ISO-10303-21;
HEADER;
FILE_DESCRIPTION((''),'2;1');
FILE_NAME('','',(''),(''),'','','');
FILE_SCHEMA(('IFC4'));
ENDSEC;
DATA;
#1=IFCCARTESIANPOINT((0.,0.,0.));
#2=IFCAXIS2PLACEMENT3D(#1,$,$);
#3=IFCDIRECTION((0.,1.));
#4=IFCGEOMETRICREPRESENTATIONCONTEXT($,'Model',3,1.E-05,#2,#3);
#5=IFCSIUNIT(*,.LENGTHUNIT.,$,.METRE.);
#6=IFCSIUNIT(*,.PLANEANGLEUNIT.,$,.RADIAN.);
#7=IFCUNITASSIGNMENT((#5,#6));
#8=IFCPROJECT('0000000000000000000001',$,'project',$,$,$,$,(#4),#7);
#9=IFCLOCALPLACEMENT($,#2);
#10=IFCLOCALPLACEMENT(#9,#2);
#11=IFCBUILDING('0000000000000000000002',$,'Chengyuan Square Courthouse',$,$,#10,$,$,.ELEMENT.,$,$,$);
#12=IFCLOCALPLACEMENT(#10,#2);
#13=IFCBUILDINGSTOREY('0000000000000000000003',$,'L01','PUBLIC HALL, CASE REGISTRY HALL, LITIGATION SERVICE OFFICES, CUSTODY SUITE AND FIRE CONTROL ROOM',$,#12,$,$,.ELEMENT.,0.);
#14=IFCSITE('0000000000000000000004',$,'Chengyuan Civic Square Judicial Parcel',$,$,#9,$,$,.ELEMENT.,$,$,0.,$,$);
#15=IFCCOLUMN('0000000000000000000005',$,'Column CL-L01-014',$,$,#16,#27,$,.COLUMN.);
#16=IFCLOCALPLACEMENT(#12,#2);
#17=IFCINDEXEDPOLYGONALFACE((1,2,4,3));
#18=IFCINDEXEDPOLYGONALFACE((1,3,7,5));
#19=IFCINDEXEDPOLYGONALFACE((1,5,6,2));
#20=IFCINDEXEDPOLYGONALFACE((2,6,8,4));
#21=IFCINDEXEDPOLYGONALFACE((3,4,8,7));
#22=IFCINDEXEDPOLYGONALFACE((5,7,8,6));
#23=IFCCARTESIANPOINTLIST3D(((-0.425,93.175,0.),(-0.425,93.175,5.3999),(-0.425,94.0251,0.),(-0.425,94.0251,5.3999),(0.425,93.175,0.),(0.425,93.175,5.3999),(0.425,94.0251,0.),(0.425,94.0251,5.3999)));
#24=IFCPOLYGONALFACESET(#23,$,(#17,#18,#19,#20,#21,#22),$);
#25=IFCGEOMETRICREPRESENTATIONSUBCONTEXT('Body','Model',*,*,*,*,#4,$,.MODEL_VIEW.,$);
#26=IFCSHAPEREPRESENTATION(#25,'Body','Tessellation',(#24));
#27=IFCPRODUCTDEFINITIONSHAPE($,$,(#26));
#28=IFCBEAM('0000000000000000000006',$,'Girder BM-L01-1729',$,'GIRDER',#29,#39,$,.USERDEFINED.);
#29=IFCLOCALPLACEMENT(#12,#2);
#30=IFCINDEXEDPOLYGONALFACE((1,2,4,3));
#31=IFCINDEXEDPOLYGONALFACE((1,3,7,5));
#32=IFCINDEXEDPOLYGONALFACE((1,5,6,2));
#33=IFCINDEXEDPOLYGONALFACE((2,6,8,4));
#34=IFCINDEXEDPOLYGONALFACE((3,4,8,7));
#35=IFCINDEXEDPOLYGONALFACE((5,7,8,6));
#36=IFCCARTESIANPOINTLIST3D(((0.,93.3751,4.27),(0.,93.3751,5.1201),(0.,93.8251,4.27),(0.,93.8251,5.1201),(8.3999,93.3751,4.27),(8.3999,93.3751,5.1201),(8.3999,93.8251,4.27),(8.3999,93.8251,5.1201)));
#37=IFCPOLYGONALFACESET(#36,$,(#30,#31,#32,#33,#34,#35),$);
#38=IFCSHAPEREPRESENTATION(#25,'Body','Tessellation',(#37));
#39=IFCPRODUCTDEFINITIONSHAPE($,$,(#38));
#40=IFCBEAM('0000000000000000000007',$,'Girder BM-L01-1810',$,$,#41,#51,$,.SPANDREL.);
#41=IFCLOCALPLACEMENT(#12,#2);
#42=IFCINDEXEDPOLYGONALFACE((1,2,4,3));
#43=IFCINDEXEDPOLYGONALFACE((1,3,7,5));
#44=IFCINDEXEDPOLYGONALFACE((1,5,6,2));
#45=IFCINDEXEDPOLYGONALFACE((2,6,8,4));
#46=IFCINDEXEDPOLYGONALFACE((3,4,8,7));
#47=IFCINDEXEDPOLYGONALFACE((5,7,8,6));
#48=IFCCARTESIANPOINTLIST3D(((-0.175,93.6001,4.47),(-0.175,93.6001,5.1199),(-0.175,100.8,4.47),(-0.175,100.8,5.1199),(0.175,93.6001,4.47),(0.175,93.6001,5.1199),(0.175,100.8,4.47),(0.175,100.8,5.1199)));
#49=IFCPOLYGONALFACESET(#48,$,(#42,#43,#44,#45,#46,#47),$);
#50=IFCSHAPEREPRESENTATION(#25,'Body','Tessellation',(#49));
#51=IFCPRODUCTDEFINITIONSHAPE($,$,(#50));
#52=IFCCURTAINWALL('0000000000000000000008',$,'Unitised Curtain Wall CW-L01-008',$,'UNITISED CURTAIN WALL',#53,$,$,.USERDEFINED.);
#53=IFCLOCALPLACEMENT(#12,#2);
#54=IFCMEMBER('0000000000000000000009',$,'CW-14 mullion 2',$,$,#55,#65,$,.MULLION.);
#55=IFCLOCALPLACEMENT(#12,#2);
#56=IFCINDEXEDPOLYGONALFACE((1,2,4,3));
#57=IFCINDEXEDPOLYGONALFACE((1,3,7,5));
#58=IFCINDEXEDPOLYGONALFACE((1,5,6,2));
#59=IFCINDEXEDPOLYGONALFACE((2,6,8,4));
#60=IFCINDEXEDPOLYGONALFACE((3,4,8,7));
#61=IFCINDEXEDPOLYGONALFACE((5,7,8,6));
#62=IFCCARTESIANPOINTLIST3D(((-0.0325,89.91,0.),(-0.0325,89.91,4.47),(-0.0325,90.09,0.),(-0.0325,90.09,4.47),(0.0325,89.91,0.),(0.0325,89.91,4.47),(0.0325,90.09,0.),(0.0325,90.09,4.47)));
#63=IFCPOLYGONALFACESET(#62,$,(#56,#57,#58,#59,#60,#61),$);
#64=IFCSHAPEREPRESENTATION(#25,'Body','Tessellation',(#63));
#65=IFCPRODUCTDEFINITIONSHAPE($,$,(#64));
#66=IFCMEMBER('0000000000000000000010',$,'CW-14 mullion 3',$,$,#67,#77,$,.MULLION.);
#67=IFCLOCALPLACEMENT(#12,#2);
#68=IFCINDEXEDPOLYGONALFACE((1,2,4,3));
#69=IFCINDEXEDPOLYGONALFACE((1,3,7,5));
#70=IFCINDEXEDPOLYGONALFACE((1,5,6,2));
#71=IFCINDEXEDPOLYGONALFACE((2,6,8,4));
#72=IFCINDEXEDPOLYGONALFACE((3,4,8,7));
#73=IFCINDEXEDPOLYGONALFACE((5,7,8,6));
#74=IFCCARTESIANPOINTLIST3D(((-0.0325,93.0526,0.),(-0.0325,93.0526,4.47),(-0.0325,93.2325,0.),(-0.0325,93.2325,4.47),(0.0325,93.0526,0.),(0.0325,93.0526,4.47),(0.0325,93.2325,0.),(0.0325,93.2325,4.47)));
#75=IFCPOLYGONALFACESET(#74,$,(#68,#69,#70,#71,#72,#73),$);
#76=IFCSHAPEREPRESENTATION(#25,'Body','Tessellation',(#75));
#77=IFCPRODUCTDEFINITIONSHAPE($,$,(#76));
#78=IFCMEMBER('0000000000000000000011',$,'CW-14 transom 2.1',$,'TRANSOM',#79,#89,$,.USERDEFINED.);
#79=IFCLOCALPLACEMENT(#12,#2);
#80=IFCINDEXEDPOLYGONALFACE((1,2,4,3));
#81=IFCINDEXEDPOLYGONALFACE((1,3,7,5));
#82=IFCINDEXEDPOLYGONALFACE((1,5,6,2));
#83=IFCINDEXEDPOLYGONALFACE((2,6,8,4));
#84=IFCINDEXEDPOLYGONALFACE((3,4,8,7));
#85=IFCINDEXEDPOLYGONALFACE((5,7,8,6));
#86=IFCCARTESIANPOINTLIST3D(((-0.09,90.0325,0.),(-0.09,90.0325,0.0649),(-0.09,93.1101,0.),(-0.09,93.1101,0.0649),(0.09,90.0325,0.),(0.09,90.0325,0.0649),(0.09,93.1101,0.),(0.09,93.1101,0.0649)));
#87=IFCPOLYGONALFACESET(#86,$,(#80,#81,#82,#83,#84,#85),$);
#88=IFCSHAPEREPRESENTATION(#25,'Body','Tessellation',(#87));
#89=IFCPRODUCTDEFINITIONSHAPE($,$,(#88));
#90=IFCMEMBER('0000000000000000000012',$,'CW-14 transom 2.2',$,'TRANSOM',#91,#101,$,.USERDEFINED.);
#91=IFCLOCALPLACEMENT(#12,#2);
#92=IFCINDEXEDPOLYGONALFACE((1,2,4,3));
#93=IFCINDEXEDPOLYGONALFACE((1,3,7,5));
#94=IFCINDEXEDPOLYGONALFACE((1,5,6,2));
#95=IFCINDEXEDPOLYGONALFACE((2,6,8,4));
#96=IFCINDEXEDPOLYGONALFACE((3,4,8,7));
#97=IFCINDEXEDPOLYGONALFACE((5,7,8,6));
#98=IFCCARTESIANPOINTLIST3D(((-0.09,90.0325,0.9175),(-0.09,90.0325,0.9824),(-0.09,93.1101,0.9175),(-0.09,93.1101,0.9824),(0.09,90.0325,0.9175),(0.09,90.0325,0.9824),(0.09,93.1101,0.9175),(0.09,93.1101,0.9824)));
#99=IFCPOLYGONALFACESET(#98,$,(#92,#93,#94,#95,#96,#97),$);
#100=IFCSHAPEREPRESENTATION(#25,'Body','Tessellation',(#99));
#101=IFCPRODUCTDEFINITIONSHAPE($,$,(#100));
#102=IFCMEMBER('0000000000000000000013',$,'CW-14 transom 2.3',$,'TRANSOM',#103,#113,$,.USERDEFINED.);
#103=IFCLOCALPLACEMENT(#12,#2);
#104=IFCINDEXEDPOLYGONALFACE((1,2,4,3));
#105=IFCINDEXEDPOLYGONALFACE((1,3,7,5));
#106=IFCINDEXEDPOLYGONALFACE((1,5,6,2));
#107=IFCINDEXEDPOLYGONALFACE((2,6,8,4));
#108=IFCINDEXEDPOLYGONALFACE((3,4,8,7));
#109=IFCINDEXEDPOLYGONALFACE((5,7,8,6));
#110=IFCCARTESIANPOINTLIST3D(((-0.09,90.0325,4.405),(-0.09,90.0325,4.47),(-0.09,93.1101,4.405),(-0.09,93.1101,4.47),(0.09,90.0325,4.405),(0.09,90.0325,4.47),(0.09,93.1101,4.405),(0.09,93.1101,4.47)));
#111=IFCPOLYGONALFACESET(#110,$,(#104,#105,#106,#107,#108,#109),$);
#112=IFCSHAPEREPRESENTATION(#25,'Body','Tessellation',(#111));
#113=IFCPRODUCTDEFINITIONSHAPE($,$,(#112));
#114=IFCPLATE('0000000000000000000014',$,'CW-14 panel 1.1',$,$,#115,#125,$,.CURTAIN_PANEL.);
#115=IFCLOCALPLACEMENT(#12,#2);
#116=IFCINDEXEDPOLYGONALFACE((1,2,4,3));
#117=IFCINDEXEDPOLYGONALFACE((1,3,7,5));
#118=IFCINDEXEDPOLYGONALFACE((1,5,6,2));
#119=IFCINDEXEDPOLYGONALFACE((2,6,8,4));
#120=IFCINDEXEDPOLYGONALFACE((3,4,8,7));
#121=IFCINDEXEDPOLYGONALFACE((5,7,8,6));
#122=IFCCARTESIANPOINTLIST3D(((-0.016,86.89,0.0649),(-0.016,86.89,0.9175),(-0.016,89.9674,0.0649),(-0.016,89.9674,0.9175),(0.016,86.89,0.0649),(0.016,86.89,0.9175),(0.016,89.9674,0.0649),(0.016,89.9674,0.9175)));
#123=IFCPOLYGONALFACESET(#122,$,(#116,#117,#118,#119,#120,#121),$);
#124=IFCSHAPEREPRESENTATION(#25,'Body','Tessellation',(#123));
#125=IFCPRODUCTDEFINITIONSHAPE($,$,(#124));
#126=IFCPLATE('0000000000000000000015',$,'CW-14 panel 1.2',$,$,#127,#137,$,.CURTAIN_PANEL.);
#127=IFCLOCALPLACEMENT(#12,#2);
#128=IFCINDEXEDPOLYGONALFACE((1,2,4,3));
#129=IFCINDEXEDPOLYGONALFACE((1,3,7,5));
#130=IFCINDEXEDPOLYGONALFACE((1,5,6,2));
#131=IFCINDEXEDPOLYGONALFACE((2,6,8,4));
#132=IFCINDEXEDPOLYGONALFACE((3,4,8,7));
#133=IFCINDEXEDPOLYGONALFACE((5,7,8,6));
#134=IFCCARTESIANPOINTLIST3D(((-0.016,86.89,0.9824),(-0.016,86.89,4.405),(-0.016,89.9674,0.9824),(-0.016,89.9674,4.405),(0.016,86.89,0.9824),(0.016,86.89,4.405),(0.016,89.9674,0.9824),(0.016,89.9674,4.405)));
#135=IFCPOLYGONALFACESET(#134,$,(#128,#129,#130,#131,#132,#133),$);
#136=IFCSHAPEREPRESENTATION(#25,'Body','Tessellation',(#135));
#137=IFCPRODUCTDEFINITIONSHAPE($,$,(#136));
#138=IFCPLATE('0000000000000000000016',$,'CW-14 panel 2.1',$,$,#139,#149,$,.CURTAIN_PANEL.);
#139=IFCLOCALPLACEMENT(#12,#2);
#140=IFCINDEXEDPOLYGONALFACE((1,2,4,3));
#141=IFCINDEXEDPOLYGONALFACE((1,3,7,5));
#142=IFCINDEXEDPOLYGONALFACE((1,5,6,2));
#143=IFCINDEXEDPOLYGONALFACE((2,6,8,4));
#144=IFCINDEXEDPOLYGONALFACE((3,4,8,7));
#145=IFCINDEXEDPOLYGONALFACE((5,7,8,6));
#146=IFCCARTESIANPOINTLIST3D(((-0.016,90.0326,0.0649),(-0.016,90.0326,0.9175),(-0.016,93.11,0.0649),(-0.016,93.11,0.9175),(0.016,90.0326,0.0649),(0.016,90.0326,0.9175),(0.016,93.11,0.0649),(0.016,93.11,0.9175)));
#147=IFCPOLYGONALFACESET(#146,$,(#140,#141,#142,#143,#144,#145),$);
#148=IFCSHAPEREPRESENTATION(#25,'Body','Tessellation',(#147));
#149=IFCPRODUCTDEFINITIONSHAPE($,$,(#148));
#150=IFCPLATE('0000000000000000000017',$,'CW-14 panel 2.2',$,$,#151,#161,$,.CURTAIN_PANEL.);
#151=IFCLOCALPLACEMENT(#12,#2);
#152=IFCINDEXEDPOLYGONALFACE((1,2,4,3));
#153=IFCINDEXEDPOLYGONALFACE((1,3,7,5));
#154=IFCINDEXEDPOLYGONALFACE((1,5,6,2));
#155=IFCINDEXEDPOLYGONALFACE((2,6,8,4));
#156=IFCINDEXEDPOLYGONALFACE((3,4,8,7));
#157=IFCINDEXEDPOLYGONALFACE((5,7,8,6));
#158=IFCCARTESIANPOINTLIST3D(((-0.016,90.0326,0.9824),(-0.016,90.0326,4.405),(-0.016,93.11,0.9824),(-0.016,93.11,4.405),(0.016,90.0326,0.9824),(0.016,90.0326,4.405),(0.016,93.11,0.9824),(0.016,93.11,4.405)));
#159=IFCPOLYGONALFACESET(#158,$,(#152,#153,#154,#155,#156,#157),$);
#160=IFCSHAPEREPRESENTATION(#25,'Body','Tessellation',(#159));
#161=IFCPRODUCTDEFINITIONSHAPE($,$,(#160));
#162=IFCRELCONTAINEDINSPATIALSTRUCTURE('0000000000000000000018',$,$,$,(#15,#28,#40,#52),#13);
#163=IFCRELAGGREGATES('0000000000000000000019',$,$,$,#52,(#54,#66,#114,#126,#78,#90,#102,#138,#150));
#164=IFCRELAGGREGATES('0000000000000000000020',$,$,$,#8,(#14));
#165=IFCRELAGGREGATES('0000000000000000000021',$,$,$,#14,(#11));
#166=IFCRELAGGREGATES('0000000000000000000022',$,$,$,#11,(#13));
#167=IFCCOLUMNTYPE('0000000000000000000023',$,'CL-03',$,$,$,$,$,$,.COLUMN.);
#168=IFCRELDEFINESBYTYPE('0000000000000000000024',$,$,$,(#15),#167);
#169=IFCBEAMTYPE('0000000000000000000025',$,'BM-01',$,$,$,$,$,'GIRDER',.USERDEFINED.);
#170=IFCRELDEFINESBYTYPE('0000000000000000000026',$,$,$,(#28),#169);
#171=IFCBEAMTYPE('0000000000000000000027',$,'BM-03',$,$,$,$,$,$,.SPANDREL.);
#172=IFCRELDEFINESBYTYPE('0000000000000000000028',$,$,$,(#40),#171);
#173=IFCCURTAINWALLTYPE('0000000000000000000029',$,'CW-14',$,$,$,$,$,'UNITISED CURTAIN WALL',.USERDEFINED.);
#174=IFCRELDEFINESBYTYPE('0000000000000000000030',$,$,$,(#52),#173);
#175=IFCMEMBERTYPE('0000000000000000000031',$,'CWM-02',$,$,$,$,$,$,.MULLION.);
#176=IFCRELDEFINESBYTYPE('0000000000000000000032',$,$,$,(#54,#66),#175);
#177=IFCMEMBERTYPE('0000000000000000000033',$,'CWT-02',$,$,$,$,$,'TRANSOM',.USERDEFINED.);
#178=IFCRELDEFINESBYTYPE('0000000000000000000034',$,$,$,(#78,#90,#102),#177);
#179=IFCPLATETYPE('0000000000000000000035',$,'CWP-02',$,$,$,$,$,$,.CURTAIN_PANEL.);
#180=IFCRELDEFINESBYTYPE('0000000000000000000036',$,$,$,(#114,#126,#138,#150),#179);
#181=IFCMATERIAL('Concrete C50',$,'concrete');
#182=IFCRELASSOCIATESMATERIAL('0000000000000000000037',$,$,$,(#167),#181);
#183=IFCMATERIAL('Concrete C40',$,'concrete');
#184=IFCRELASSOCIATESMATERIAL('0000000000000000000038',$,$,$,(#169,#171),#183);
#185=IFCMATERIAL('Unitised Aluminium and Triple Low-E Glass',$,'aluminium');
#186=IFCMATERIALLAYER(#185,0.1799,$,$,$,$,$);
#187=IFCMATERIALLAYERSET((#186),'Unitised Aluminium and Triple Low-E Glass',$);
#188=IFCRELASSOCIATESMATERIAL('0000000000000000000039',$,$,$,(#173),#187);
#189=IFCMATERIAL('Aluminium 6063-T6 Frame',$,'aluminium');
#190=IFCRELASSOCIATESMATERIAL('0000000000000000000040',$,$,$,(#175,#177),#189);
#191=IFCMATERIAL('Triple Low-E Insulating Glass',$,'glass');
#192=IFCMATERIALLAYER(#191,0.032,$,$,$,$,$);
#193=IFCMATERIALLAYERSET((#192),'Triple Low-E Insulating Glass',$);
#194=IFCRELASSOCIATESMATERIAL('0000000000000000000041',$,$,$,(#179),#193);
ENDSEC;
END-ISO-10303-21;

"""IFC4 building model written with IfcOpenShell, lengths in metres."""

from ifc_helpers import new_model, si_unit, direction, frame, origin, origin_2d, place, context, subcontext, project, spatial, rectangle, extrude, material, layer, layer_set, material_profile, profile_set, type_object, element, aggregate, save


model = new_model("IFC4")

# Units and contexts
model_context = context("Model", 3, precision=1e-05, world=origin(), true_north=direction((0.0, 1.0)))
body_context = subcontext(model_context, "Body", "Model", "MODEL_VIEW")
ifc_project = project(units=[si_unit("LENGTHUNIT", "METRE"), si_unit("PLANEANGLEUNIT", "RADIAN")], contexts=[model_context])

# Site, building, storey
site_placement = place(None, origin())
site = spatial("IfcSite", under=ifc_project, at=site_placement, Name="Chengyuan Civic Square Judicial Parcel", CompositionType="ELEMENT", RefElevation=0.0)
building_placement = place(site_placement, origin())
building = spatial("IfcBuilding", under=site, at=building_placement, Name="Chengyuan Square Courthouse", CompositionType="ELEMENT")
storey_placement = place(building_placement, origin())
storey = spatial("IfcBuildingStorey", under=building, at=storey_placement, Name="L01", Description="PUBLIC HALL, CASE REGISTRY HALL, LITIGATION SERVICE OFFICES, CUSTODY SUITE AND FIRE CONTROL ROOM", CompositionType="ELEMENT", Elevation=0.0)

# Column
ifc_material_1 = material(Name="Concrete C50", Category="concrete")
ifc_material_profile_1 = material_profile(ifc_material_1, rectangle(XDim=0.8501, YDim=0.8501, at=origin_2d()), Name="RC-COL-850x850")
ifc_profile_set_1 = profile_set([ifc_material_profile_1], Name="Concrete C50")
column_type = type_object("IfcColumnType", Name="CL-03", PredefinedType="COLUMN", material=ifc_profile_set_1)
column_placement = place(storey_placement, frame((0.0, 93.6001, 0.0), z_axis=(0.0, 0.0, 1.0), x_axis=(1.0, 0.0, 0.0)))
element("IfcColumn", 1, at=column_placement, inside=storey, type_object=column_type, Name="Column CL-L01-014", PredefinedType="COLUMN", context=body_context, shape_type="SweptSolid", body=[
    extrude(rectangle(XDim=0.8501, YDim=0.8501, at=origin_2d()), origin(), (0.0, 0.0, 1.0), 5.3999),
])

# Beams
ifc_material_2 = material(Name="Concrete C40", Category="concrete")
ifc_material_profile_2 = material_profile(ifc_material_2, rectangle(XDim=0.45, YDim=0.8501, at=origin_2d()), Name="RC-BM-450x850")
ifc_profile_set_2 = profile_set([ifc_material_profile_2], Name="Concrete C40")
beam_type_1 = type_object("IfcBeamType", Name="BM-01", ElementType="GIRDER", PredefinedType="USERDEFINED", material=ifc_profile_set_2)
beam_1_placement = place(storey_placement, frame((0.0, 93.6001, 4.6951), z_axis=(1.0, 0.0, 0.0), x_axis=(0.0, 1.0, 0.0)))
element("IfcBeam", 2, at=beam_1_placement, inside=storey, type_object=beam_type_1, Name="Girder BM-L01-1729", ObjectType="GIRDER", PredefinedType="USERDEFINED", context=body_context, shape_type="SweptSolid", body=[
    extrude(rectangle(XDim=0.45, YDim=0.8501, at=origin_2d()), origin(), (0.0, 0.0, 1.0), 8.3999),
])
ifc_material_profile_3 = material_profile(ifc_material_2, rectangle(XDim=0.3501, YDim=0.6499, at=origin_2d()), Name="RC-BM-350x650")
ifc_profile_set_3 = profile_set([ifc_material_profile_3], Name="Concrete C40")
beam_type_2 = type_object("IfcBeamType", Name="BM-03", PredefinedType="SPANDREL", material=ifc_profile_set_3)
beam_2_placement = place(storey_placement, frame((0.0, 93.6001, 4.7949), z_axis=(0.0, 1.0, 0.0), x_axis=(-1.0, 0.0, 0.0)))
element("IfcBeam", 3, at=beam_2_placement, inside=storey, type_object=beam_type_2, Name="Girder BM-L01-1810", PredefinedType="SPANDREL", context=body_context, shape_type="SweptSolid", body=[
    extrude(rectangle(XDim=0.3501, YDim=0.6499, at=origin_2d()), origin(), (0.0, 0.0, 1.0), 7.2),
])

# Curtain wall, members, plates
ifc_material_3 = material(Name="Unitised Aluminium and Triple Low-E Glass", Category="aluminium")
ifc_layer_1 = layer(ifc_material_3, 0.1799)
ifc_layer_set_1 = layer_set([ifc_layer_1], Name="Unitised Aluminium and Triple Low-E Glass")
curtain_wall_type = type_object("IfcCurtainWallType", Name="CW-14", ElementType="UNITISED CURTAIN WALL", PredefinedType="USERDEFINED", material=ifc_layer_set_1)
curtain_wall_placement = place(storey_placement, origin())
curtain_wall = element("IfcCurtainWall", 4, at=curtain_wall_placement, inside=storey, type_object=curtain_wall_type, Name="Unitised Curtain Wall CW-L01-008", ObjectType="UNITISED CURTAIN WALL", PredefinedType="USERDEFINED")
ifc_material_4 = material(Name="Aluminium 6063-T6 Frame", Category="aluminium")
ifc_material_profile_4 = material_profile(ifc_material_4, rectangle(XDim=0.0649, YDim=0.1799, at=origin_2d()), Name="CW-MUL-65x180")
ifc_profile_set_4 = profile_set([ifc_material_profile_4], Name="Aluminium 6063-T6 Frame")
member_type_1 = type_object("IfcMemberType", Name="CWM-02", PredefinedType="MULLION", material=ifc_profile_set_4)
member_1_placement = place(storey_placement, frame((0.0, 90.0, 0.0), z_axis=(0.0, 0.0, 1.0), x_axis=(-1.0, 0.0, 0.0)))
member_1 = element("IfcMember", 5, at=member_1_placement, type_object=member_type_1, Name="CW-14 mullion 2", PredefinedType="MULLION", context=body_context, shape_type="SweptSolid", body=[
    extrude(rectangle(XDim=0.0649, YDim=0.1799, at=origin_2d()), origin(), (0.0, 0.0, 1.0), 4.47),
])
member_2_placement = place(storey_placement, frame((0.0, 93.1426, 0.0), z_axis=(0.0, 0.0, 1.0), x_axis=(-1.0, 0.0, 0.0)))
member_2 = element("IfcMember", 6, at=member_2_placement, type_object=member_type_1, Name="CW-14 mullion 3", PredefinedType="MULLION", context=body_context, shape_type="SweptSolid", body=[
    extrude(rectangle(XDim=0.0649, YDim=0.1799, at=origin_2d()), origin(), (0.0, 0.0, 1.0), 4.47),
])
ifc_material_profile_5 = material_profile(ifc_material_4, rectangle(XDim=0.1799, YDim=0.0649, at=origin_2d()), Name="CW-TRN-65x140")
ifc_profile_set_5 = profile_set([ifc_material_profile_5], Name="Aluminium 6063-T6 Frame")
member_type_2 = type_object("IfcMemberType", Name="CWT-02", ElementType="TRANSOM", PredefinedType="USERDEFINED", material=ifc_profile_set_5)
member_3_placement = place(storey_placement, frame((0.0, 90.0325, 0.0325), z_axis=(0.0, 1.0, 0.0), x_axis=(-1.0, 0.0, 0.0)))
member_3 = element("IfcMember", 7, at=member_3_placement, type_object=member_type_2, Name="CW-14 transom 2.1", ObjectType="TRANSOM", PredefinedType="USERDEFINED", context=body_context, shape_type="SweptSolid", body=[
    extrude(rectangle(XDim=0.1799, YDim=0.0649, at=origin_2d()), origin(), (0.0, 0.0, 1.0), 3.0776),
])
member_4_placement = place(storey_placement, frame((0.0, 90.0325, 0.95), z_axis=(0.0, 1.0, 0.0), x_axis=(-1.0, 0.0, 0.0)))
member_4 = element("IfcMember", 8, at=member_4_placement, type_object=member_type_2, Name="CW-14 transom 2.2", ObjectType="TRANSOM", PredefinedType="USERDEFINED", context=body_context, shape_type="SweptSolid", body=[
    extrude(rectangle(XDim=0.1799, YDim=0.0649, at=origin_2d()), origin(), (0.0, 0.0, 1.0), 3.0776),
])
member_5_placement = place(storey_placement, frame((0.0, 90.0325, 4.4375), z_axis=(0.0, 1.0, 0.0), x_axis=(-1.0, 0.0, 0.0)))
member_5 = element("IfcMember", 9, at=member_5_placement, type_object=member_type_2, Name="CW-14 transom 2.3", ObjectType="TRANSOM", PredefinedType="USERDEFINED", context=body_context, shape_type="SweptSolid", body=[
    extrude(rectangle(XDim=0.1799, YDim=0.0649, at=origin_2d()), origin(), (0.0, 0.0, 1.0), 3.0776),
])
ifc_material_5 = material(Name="Triple Low-E Insulating Glass", Category="glass")
ifc_layer_2 = layer(ifc_material_5, 0.032)
ifc_layer_set_2 = layer_set([ifc_layer_2], Name="Triple Low-E Insulating Glass")
plate_type = type_object("IfcPlateType", Name="CWP-02", PredefinedType="CURTAIN_PANEL", material=ifc_layer_set_2)
plate_1_placement = place(storey_placement, frame((0.0, 88.4287, 0.0649), z_axis=(0.0, 0.0, 1.0), x_axis=(0.0, 1.0, 0.0)))
plate_1 = element("IfcPlate", 10, at=plate_1_placement, type_object=plate_type, Name="CW-14 panel 1.1", PredefinedType="CURTAIN_PANEL", context=body_context, shape_type="SweptSolid", body=[
    extrude(rectangle(XDim=3.0774, YDim=0.032, at=origin_2d()), origin(), (0.0, 0.0, 1.0), 0.8525),
])
plate_2_placement = place(storey_placement, frame((0.0, 88.4287, 0.9824), z_axis=(0.0, 0.0, 1.0), x_axis=(0.0, 1.0, 0.0)))
plate_2 = element("IfcPlate", 11, at=plate_2_placement, type_object=plate_type, Name="CW-14 panel 1.2", PredefinedType="CURTAIN_PANEL", context=body_context, shape_type="SweptSolid", body=[
    extrude(rectangle(XDim=3.0774, YDim=0.032, at=origin_2d()), origin(), (0.0, 0.0, 1.0), 3.4226),
])
plate_3_placement = place(storey_placement, frame((0.0, 91.5713, 0.0649), z_axis=(0.0, 0.0, 1.0), x_axis=(0.0, 1.0, 0.0)))
plate_3 = element("IfcPlate", 12, at=plate_3_placement, type_object=plate_type, Name="CW-14 panel 2.1", PredefinedType="CURTAIN_PANEL", context=body_context, shape_type="SweptSolid", body=[
    extrude(rectangle(XDim=3.0774, YDim=0.032, at=origin_2d()), origin(), (0.0, 0.0, 1.0), 0.8525),
])
plate_4_placement = place(storey_placement, frame((0.0, 91.5713, 0.9824), z_axis=(0.0, 0.0, 1.0), x_axis=(0.0, 1.0, 0.0)))
plate_4 = element("IfcPlate", 13, at=plate_4_placement, type_object=plate_type, Name="CW-14 panel 2.2", PredefinedType="CURTAIN_PANEL", context=body_context, shape_type="SweptSolid", body=[
    extrude(rectangle(XDim=3.0774, YDim=0.032, at=origin_2d()), origin(), (0.0, 0.0, 1.0), 3.4226),
])
aggregate(curtain_wall, [member_1, member_2, plate_1, plate_2, member_3, member_4, member_5, plate_3, plate_4])

save(model, "model.ifc")
